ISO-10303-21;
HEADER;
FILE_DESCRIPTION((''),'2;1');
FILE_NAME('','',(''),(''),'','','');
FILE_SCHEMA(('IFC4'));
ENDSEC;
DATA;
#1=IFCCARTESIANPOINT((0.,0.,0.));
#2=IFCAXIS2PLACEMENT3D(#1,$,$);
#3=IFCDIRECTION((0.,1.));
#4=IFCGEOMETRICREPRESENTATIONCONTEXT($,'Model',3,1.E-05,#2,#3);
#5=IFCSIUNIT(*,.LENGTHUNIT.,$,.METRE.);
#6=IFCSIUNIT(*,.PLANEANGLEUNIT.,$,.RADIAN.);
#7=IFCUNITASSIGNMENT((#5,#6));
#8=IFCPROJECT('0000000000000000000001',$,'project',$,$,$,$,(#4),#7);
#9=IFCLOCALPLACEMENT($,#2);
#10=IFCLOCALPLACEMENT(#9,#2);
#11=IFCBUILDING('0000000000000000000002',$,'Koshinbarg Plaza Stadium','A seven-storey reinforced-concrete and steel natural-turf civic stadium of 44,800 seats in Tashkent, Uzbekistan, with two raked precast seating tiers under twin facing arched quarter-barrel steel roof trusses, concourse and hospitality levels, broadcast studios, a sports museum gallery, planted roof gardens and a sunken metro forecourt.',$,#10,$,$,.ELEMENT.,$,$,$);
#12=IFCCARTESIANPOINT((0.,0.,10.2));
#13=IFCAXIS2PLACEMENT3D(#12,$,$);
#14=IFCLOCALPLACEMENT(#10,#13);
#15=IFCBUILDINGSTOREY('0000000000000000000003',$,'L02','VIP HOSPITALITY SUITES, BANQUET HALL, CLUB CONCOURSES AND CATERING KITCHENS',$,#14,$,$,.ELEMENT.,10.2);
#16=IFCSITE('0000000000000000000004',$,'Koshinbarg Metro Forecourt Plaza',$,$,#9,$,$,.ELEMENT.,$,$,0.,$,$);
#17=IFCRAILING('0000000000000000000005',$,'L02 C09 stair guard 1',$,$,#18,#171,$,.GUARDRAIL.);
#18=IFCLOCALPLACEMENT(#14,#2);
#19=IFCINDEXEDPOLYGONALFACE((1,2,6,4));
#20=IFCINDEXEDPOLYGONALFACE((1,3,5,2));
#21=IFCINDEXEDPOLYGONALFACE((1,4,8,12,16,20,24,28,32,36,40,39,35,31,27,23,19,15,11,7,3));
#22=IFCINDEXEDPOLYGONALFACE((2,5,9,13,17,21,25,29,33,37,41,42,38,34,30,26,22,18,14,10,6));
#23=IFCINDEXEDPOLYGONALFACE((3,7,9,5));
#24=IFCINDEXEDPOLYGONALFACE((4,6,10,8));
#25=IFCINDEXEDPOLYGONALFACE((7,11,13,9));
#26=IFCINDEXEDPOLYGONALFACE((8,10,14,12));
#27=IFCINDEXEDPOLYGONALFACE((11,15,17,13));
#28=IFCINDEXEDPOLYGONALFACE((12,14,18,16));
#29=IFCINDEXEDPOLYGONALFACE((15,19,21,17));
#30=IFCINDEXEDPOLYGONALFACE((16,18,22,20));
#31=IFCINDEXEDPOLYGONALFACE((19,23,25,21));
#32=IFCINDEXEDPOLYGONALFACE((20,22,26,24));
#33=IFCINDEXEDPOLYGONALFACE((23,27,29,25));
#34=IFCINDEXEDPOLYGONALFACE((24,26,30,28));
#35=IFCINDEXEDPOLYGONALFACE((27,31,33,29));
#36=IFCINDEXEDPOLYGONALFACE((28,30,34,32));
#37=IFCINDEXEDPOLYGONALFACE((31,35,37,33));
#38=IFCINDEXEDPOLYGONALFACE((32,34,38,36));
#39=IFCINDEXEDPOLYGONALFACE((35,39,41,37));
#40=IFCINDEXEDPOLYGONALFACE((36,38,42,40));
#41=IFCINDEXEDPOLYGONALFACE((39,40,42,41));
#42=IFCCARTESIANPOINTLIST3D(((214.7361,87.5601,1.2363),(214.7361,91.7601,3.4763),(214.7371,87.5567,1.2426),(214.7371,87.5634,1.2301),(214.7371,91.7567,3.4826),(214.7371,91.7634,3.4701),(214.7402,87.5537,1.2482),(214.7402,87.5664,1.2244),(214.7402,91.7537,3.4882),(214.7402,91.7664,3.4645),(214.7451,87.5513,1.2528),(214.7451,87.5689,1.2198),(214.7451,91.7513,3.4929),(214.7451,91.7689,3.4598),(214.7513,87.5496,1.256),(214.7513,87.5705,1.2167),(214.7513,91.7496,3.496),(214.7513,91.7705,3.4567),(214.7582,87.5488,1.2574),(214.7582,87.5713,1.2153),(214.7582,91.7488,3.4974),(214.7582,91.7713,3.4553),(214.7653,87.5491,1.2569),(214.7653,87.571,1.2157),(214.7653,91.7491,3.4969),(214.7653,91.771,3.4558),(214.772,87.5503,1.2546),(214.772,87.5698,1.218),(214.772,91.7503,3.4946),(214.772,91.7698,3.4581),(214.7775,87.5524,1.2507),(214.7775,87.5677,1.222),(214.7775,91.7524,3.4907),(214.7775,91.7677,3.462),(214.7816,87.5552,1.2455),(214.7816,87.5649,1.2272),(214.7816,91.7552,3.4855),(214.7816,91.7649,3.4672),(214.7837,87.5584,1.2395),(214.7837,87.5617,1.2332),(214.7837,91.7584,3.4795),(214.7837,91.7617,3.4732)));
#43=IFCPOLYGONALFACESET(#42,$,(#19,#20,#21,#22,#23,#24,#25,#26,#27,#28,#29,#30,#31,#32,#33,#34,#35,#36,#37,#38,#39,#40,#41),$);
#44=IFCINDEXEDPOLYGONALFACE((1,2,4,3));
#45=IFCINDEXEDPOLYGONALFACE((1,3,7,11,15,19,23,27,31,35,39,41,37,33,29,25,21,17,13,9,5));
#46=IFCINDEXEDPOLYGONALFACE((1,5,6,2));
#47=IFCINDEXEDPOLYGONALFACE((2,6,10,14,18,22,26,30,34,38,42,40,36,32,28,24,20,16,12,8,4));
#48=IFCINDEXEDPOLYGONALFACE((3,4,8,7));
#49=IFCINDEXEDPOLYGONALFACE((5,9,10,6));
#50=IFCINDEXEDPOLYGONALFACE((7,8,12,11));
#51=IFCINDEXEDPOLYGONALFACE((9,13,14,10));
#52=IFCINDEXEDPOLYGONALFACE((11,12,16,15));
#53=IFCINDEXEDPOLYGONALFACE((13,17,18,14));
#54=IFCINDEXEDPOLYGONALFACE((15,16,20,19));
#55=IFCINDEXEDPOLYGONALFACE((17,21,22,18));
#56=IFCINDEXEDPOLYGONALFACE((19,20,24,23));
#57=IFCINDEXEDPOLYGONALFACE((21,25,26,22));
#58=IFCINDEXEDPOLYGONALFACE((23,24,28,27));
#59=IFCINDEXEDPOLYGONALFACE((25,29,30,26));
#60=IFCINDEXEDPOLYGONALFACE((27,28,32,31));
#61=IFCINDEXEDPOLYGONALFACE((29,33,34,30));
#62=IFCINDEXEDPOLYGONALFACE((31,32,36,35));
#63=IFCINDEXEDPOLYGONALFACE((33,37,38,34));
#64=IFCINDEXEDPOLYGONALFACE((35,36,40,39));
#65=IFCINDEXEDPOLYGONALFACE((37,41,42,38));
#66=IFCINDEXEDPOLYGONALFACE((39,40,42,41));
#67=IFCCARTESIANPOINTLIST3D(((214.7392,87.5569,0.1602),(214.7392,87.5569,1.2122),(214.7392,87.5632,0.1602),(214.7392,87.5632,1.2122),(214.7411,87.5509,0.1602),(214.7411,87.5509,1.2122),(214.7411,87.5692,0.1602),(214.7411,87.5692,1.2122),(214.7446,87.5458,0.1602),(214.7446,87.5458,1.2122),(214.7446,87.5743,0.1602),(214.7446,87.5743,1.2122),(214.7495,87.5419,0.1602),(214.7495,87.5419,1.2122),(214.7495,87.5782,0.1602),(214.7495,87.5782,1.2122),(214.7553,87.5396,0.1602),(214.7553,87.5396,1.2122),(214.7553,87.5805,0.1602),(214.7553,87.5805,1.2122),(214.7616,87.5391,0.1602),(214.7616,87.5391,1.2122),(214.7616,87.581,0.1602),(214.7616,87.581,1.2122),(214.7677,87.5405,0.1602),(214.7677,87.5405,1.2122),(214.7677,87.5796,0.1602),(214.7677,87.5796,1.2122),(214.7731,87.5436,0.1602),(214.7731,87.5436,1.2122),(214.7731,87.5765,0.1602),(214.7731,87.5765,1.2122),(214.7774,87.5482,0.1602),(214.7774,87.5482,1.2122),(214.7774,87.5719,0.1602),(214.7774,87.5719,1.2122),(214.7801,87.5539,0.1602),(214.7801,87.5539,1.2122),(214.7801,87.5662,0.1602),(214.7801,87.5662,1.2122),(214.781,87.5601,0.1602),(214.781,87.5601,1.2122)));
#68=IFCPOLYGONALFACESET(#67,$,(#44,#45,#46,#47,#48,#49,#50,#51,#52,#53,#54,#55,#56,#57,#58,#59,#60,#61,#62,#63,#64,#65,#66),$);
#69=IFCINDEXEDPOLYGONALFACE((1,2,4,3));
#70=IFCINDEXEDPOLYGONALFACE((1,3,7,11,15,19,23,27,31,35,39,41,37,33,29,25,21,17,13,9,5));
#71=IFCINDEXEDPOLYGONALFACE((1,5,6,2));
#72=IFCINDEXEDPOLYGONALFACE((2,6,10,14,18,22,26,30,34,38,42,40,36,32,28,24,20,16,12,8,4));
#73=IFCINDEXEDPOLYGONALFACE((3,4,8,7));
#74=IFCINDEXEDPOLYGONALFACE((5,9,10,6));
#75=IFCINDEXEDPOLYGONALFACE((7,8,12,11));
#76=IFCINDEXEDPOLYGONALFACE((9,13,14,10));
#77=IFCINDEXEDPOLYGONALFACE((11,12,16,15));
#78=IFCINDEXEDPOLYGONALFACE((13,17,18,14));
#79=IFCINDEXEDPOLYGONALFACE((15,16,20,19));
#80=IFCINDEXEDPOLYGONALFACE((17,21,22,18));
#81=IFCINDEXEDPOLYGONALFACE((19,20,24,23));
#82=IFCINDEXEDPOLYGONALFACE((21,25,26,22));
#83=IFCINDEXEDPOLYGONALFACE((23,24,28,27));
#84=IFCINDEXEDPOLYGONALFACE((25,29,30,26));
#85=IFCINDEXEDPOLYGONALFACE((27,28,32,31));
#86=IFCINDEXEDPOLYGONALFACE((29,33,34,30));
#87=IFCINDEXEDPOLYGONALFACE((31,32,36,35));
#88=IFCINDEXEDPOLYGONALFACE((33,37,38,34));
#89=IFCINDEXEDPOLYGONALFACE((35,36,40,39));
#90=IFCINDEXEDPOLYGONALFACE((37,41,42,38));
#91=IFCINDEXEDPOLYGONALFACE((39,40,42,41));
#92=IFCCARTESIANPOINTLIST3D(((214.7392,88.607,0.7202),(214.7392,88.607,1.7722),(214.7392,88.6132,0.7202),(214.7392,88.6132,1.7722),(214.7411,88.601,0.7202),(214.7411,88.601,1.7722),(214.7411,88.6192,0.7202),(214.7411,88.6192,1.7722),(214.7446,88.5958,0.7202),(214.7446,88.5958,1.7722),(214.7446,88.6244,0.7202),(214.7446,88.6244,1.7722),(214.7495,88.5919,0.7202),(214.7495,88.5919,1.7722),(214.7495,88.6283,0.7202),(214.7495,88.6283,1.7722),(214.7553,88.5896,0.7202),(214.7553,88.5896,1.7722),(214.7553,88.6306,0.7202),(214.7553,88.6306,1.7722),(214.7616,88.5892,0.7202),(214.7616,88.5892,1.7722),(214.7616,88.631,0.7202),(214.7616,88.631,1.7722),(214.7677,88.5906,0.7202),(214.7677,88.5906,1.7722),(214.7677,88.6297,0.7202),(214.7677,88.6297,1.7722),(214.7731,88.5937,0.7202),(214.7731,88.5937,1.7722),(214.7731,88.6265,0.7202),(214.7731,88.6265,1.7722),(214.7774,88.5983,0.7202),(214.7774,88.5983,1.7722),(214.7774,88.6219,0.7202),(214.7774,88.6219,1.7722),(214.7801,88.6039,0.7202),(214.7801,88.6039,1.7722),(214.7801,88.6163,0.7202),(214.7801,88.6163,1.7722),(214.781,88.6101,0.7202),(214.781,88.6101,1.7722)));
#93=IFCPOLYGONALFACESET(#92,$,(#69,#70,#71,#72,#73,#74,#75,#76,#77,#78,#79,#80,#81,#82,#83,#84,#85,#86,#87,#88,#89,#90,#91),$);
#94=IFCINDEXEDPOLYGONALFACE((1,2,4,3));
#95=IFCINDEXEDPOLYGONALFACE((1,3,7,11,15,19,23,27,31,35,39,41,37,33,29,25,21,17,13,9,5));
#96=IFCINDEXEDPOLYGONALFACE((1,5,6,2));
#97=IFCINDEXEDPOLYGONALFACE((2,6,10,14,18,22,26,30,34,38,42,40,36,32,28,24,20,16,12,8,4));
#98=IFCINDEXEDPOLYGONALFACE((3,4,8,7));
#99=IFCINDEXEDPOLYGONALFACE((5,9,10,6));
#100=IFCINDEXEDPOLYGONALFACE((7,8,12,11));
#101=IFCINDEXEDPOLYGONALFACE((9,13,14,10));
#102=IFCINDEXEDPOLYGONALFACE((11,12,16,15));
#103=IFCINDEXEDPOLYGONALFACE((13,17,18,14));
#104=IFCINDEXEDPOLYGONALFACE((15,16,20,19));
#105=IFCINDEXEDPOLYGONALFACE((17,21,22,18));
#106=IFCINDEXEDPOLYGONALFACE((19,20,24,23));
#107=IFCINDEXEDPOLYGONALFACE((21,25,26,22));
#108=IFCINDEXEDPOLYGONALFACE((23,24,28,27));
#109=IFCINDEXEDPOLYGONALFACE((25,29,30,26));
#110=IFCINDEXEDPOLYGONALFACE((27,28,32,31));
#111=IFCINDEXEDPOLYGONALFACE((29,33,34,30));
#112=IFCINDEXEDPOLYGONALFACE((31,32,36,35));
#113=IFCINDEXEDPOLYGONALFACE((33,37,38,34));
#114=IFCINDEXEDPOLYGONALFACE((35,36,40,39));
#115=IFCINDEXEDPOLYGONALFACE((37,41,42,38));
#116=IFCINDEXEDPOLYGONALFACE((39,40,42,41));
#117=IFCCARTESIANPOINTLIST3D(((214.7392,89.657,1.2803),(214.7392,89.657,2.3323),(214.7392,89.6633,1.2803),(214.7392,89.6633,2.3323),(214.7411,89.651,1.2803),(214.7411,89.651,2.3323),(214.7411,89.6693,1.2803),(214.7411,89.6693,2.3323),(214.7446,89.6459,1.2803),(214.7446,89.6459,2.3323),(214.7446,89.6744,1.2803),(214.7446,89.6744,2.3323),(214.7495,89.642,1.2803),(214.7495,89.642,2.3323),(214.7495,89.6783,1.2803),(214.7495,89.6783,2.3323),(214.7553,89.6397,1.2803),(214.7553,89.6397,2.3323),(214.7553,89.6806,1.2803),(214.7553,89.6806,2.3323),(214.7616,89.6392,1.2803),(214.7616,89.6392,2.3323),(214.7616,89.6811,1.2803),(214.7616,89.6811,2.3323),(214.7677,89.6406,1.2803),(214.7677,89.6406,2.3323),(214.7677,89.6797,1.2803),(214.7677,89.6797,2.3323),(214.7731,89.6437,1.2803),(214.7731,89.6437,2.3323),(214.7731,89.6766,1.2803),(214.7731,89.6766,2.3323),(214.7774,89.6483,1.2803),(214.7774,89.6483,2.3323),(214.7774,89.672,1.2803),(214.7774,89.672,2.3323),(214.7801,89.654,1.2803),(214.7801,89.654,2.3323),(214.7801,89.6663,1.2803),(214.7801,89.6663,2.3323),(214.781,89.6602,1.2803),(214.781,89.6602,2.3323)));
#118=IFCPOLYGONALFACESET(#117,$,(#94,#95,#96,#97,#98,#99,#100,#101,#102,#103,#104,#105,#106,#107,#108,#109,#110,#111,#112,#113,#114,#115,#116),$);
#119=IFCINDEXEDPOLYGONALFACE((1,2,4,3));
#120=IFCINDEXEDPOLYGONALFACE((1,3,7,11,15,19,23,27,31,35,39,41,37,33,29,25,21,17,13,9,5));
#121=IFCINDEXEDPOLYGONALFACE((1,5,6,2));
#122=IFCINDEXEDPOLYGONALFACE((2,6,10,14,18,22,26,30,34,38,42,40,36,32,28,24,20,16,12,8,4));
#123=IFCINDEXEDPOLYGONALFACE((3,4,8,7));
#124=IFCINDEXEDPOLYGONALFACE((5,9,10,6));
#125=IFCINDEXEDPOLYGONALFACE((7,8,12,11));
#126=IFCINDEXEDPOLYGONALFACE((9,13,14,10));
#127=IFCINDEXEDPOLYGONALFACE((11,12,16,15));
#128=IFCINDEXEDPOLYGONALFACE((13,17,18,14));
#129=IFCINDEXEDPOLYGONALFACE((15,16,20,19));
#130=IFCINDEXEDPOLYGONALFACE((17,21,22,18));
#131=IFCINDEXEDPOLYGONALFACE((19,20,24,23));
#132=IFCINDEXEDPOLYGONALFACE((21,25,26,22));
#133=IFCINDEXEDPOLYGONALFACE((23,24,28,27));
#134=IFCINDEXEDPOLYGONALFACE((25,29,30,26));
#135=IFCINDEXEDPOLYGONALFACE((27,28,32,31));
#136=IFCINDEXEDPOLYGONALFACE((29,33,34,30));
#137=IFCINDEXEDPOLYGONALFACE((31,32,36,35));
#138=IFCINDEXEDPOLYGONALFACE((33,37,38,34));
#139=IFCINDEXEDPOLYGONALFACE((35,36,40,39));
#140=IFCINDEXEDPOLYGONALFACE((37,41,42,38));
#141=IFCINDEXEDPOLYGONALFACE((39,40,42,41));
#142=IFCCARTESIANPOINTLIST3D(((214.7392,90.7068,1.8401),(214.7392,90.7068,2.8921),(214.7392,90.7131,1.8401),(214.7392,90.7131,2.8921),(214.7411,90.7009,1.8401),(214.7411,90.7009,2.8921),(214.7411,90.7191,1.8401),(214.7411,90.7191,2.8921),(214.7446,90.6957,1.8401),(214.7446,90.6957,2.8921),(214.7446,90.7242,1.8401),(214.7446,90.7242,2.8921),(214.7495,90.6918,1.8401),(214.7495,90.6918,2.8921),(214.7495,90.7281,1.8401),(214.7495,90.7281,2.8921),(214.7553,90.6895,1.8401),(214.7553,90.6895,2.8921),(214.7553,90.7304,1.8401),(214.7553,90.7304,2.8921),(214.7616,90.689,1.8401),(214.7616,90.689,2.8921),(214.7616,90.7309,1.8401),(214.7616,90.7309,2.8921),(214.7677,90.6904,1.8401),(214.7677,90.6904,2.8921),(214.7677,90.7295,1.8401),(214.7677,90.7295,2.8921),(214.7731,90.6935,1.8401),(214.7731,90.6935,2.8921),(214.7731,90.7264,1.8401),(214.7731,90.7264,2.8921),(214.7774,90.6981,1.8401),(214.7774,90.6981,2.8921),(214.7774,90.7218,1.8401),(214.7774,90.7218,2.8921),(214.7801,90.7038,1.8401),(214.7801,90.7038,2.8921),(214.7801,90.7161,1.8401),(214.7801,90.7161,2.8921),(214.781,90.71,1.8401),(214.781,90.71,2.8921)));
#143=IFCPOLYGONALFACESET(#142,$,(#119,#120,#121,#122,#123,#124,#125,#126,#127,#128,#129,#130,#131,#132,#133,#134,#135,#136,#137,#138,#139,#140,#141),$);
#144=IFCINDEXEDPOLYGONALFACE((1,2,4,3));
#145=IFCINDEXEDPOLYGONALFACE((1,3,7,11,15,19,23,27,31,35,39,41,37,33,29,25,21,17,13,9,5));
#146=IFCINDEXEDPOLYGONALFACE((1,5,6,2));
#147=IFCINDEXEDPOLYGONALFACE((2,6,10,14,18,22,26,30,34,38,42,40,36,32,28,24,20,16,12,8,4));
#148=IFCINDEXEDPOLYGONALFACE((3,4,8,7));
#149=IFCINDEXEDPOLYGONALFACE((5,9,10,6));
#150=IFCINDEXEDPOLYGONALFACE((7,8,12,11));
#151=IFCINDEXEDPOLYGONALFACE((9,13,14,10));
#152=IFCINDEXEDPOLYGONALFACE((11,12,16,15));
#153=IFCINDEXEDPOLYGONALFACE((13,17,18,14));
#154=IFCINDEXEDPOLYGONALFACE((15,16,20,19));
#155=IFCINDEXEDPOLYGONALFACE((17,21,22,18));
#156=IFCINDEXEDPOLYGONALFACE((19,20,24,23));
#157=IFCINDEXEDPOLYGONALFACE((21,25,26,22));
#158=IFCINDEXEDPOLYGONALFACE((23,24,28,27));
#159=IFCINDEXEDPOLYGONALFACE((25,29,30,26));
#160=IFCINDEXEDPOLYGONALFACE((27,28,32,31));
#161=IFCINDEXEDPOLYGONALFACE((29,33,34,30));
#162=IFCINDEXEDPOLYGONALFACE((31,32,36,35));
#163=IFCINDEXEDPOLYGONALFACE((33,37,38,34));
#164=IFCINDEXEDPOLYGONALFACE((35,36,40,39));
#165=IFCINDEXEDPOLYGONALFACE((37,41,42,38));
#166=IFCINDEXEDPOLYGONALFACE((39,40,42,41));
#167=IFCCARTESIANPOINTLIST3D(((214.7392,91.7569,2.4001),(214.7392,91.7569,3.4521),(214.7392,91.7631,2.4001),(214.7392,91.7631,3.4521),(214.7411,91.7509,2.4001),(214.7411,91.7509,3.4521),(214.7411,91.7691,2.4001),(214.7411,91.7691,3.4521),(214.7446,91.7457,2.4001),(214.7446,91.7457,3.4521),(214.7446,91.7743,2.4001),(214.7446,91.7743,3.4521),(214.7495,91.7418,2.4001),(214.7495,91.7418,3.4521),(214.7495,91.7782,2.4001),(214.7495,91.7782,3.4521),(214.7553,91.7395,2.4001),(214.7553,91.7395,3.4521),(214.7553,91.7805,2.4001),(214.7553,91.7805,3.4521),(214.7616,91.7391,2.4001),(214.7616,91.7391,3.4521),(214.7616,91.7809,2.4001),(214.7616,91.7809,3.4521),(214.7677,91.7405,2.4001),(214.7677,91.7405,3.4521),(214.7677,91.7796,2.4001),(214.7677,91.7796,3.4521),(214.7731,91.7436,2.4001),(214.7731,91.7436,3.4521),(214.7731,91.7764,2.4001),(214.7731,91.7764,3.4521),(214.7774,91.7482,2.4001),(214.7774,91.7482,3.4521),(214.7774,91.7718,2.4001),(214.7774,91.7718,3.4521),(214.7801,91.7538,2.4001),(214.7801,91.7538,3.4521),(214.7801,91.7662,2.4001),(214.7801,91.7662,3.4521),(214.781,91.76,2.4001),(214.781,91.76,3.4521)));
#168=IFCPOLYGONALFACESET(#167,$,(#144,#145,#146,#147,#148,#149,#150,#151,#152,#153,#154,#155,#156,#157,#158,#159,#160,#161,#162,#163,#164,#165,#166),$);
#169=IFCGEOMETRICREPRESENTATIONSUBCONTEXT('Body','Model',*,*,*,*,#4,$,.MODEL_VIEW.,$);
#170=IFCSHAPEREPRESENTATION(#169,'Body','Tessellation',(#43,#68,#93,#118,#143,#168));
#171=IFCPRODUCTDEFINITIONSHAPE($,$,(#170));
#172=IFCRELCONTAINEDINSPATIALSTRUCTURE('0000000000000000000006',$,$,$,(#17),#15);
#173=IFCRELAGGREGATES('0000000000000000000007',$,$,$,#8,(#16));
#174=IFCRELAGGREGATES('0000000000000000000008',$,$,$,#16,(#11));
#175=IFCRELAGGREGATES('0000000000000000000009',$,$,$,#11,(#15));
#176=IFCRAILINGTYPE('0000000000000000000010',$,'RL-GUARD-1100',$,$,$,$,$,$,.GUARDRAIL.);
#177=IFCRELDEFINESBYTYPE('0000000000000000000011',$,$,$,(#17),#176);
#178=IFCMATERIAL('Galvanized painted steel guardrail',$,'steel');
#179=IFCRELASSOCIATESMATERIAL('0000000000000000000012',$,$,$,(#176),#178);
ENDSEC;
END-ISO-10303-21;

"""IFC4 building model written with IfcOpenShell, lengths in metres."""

from ifc_helpers import new_model, si_unit, direction, frame, origin, origin_2d, place, context, subcontext, project, spatial, circle, extrude, material, type_object, element, save


model = new_model("IFC4")

# Units and contexts
model_context = context("Model", 3, precision=1e-05, world=origin(), true_north=direction((0.0, 1.0)))
body_context = subcontext(model_context, "Body", "Model", "MODEL_VIEW")
ifc_project = project(units=[si_unit("LENGTHUNIT", "METRE"), si_unit("PLANEANGLEUNIT", "RADIAN")], contexts=[model_context])

# Site, building, storey
site_placement = place(None, origin())
site = spatial("IfcSite", under=ifc_project, at=site_placement, Name="Koshinbarg Metro Forecourt Plaza", CompositionType="ELEMENT", RefElevation=0.0)
building_placement = place(site_placement, origin())
building = spatial("IfcBuilding", under=site, at=building_placement, Name="Koshinbarg Plaza Stadium", Description="A seven-storey reinforced-concrete and steel natural-turf civic stadium of 44,800 seats in Tashkent, Uzbekistan, with two raked precast seating tiers under twin facing arched quarter-barrel steel roof trusses, concourse and hospitality levels, broadcast studios, a sports museum gallery, planted roof gardens and a sunken metro forecourt.", CompositionType="ELEMENT")
storey_placement = place(building_placement, frame((0.0, 0.0, 10.2)))
storey = spatial("IfcBuildingStorey", under=building, at=storey_placement, Name="L02", Description="VIP HOSPITALITY SUITES, BANQUET HALL, CLUB CONCOURSES AND CATERING KITCHENS", CompositionType="ELEMENT", Elevation=10.2)

# Railing
ifc_material_1 = material(Name="Galvanized painted steel guardrail", Category="steel")
railing_type_1 = type_object("IfcRailingType", Name="RL-GUARD-1100", PredefinedType="GUARDRAIL", material=ifc_material_1)
railing_1_placement = place(storey_placement, frame((214.76, 87.5601, 0.1602)))
element("IfcRailing", 1, at=railing_1_placement, inside=storey, type_object=railing_type_1, Name="L02 C09 stair guard 1", PredefinedType="GUARDRAIL", context=body_context, shape_type="SweptSolid", body=[
    extrude(circle(Radius=0.0239, at=origin_2d()), frame((0.0, 0.0, 1.0762), z_axis=(0.0, 0.882352, 0.470591), x_axis=(-1.0, 0.0, 0.0)), (0.0, 0.0, 1.0), 4.76),
    extrude(circle(Radius=0.021, at=origin_2d()), origin(), (0.0, 0.0, 1.0), 1.052),
    extrude(circle(Radius=0.021, at=origin_2d()), frame((0.0, 1.05, 0.5601)), (0.0, 0.0, 1.0), 1.052),
    extrude(circle(Radius=0.021, at=origin_2d()), frame((0.0, 2.1001, 1.1201)), (0.0, 0.0, 1.0), 1.052),
    extrude(circle(Radius=0.021, at=origin_2d()), frame((0.0, 3.1499, 1.6799)), (0.0, 0.0, 1.0), 1.052),
    extrude(circle(Radius=0.021, at=origin_2d()), frame((0.0, 4.2, 2.24)), (0.0, 0.0, 1.0), 1.052),
])

save(model, "model.ifc")
